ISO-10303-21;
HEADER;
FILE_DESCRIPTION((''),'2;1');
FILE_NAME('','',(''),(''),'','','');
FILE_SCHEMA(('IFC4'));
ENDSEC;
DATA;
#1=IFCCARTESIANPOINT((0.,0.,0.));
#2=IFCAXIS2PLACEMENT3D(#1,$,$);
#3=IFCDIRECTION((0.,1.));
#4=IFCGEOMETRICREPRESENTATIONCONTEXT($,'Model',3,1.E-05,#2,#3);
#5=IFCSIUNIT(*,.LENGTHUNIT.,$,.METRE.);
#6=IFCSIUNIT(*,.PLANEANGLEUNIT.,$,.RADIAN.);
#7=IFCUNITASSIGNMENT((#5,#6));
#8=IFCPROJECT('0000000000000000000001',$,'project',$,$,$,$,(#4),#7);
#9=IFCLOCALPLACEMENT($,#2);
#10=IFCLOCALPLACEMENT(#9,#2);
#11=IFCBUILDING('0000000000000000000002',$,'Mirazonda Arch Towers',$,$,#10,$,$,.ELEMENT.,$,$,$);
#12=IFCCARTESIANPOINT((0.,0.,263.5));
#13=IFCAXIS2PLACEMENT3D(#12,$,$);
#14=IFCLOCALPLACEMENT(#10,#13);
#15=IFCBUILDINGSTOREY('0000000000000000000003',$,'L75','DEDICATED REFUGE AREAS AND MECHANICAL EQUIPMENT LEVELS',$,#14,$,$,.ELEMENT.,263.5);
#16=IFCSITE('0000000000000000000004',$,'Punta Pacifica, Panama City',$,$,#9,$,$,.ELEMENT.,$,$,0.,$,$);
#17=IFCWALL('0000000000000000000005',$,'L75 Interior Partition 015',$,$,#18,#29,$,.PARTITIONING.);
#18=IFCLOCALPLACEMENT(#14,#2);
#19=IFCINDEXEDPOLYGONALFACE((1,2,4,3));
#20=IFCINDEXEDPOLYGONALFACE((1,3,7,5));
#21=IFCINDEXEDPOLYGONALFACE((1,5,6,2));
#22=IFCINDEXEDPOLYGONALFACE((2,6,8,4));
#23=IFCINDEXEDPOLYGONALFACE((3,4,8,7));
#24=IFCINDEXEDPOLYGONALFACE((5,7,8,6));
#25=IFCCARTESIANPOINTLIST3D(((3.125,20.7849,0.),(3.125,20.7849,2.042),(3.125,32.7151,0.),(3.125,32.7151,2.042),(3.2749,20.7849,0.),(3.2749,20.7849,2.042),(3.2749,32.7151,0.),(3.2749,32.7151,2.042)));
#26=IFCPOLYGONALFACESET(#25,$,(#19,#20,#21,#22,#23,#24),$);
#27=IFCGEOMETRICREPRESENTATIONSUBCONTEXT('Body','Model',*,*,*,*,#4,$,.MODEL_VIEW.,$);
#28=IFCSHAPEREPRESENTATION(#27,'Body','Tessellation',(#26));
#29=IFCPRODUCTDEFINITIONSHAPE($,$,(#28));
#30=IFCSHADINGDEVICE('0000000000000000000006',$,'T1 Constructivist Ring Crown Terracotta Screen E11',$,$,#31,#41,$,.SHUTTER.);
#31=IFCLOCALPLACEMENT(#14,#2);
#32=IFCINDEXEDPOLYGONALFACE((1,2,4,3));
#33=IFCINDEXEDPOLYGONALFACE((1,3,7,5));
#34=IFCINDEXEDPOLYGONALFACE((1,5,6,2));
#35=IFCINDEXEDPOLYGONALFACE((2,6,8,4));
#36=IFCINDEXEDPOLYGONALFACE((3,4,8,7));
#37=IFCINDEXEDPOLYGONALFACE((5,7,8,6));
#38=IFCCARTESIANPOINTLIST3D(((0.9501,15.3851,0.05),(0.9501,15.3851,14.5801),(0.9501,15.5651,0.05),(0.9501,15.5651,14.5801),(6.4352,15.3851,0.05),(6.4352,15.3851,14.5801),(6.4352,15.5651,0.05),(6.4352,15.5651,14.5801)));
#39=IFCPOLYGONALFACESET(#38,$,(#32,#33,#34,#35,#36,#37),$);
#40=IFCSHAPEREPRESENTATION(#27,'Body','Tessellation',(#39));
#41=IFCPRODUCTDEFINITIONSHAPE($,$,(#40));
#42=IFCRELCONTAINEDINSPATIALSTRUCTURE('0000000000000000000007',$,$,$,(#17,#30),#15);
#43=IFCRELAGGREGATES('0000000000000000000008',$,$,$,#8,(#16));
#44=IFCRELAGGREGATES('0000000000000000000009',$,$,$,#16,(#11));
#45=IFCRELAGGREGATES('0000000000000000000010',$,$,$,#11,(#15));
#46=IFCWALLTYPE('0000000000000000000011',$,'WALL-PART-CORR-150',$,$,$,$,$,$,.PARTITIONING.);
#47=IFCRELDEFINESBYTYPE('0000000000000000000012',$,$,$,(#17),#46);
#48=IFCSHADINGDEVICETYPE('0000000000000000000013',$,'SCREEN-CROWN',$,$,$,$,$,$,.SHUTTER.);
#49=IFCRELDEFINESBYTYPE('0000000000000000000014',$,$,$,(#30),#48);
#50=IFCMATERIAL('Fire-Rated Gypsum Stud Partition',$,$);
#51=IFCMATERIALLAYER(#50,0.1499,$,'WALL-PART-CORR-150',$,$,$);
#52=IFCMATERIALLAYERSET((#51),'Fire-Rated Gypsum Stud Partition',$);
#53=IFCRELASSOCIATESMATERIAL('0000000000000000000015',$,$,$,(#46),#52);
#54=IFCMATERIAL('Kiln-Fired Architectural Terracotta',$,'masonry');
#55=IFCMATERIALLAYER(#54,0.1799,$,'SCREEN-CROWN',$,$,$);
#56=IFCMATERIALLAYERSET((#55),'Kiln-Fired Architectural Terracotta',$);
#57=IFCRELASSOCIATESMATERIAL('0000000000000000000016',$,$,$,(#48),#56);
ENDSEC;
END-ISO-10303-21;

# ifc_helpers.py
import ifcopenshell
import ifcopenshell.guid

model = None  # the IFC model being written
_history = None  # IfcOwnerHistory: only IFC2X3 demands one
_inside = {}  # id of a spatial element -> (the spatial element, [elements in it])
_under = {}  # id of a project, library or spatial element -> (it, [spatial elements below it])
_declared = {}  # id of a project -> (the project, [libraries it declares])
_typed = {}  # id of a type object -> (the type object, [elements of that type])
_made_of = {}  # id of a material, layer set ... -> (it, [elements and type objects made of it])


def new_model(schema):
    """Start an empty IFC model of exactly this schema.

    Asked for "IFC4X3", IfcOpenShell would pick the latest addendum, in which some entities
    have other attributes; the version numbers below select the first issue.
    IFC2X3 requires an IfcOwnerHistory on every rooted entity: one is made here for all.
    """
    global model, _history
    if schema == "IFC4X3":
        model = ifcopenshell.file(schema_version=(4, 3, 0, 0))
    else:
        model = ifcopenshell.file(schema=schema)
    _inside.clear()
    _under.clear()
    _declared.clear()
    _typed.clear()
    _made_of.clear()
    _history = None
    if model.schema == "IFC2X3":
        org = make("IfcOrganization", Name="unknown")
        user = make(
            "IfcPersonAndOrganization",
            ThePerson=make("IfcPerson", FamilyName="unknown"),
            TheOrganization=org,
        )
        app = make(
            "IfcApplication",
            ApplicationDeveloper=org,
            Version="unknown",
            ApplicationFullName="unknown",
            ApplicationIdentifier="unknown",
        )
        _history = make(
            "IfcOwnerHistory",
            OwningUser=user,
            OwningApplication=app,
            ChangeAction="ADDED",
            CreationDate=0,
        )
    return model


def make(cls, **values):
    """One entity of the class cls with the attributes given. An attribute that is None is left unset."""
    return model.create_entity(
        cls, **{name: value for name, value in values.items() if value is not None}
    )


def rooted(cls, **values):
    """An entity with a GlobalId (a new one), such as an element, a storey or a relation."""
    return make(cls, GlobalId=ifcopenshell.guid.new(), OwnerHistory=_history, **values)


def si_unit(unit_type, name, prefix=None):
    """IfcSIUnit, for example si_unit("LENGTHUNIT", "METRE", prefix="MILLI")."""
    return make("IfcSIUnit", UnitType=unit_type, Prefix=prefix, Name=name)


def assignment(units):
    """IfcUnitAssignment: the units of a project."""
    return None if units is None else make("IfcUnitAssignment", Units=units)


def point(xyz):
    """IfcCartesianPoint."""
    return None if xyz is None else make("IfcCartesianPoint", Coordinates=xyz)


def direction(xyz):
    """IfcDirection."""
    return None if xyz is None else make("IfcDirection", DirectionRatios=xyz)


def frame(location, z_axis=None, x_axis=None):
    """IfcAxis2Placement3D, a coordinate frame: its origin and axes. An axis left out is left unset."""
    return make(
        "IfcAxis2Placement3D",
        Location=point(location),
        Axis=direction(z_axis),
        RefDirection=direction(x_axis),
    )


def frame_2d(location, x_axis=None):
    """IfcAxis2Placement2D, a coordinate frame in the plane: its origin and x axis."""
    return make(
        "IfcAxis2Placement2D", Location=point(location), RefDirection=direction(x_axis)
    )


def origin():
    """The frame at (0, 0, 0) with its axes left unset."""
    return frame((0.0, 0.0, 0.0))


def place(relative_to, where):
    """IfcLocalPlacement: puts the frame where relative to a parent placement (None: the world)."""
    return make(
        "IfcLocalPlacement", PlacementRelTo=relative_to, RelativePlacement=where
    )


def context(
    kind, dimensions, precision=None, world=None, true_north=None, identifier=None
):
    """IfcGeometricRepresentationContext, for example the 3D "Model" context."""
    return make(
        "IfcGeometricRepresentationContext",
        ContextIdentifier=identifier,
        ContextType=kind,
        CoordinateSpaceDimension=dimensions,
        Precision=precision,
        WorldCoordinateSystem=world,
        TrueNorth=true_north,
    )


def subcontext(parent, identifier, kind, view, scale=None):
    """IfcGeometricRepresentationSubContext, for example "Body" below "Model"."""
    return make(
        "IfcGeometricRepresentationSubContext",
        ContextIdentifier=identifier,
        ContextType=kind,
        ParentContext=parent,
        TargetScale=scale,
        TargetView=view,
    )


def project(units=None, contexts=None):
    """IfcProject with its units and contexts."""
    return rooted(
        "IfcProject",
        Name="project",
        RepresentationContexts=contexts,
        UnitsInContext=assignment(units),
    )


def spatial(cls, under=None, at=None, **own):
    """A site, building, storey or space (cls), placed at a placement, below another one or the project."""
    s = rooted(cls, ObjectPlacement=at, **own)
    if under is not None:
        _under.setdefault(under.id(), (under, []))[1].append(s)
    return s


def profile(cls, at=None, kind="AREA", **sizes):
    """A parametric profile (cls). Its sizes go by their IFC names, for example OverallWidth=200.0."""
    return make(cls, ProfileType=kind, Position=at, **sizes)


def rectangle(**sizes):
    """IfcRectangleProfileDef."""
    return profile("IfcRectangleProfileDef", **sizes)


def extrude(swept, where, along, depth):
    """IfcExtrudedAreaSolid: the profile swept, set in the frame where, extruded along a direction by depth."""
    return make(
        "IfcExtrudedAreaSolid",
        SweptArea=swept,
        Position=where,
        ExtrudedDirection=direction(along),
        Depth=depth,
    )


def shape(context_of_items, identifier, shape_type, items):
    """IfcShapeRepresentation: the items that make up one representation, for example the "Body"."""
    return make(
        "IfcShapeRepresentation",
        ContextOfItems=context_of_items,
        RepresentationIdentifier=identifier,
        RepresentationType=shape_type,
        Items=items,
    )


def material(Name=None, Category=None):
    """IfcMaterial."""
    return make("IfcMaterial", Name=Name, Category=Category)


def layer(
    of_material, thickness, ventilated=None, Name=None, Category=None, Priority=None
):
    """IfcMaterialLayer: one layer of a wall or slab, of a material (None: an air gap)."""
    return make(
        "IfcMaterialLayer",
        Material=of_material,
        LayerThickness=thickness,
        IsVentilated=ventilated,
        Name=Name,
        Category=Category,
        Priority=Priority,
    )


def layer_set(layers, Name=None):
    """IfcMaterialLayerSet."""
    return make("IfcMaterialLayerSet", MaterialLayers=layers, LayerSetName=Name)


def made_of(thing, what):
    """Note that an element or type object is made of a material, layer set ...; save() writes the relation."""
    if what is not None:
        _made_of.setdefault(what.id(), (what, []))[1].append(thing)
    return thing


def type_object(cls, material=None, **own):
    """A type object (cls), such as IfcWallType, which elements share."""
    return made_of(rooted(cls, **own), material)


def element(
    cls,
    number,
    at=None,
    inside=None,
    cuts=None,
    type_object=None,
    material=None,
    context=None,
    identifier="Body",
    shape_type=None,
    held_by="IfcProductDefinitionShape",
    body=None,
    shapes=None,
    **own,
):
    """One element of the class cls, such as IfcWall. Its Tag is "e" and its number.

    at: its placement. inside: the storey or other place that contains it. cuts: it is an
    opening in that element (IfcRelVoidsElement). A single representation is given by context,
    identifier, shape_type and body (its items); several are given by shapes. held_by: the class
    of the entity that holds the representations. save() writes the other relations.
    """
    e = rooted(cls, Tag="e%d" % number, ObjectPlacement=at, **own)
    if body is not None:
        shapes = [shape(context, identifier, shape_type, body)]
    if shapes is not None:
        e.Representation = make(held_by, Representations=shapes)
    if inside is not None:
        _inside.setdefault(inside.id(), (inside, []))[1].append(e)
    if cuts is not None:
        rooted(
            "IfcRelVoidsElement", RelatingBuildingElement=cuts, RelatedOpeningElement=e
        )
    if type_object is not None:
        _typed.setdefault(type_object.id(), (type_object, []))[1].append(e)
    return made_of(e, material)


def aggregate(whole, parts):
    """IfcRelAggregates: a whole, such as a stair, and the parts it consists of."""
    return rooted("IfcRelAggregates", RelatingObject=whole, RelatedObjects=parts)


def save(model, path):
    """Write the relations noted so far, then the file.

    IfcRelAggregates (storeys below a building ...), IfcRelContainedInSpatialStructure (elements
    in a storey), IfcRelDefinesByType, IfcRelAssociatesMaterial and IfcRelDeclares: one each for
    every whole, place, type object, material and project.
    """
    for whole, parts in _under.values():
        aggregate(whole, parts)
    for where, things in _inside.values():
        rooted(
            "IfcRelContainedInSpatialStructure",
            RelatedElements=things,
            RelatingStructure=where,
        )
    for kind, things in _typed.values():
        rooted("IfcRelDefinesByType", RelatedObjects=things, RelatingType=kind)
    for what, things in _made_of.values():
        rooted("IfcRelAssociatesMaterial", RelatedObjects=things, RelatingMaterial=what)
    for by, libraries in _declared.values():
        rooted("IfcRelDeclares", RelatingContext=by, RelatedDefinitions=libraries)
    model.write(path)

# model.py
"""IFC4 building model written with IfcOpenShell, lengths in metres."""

from ifc_helpers import new_model, si_unit, direction, frame, frame_2d, origin, place, context, subcontext, project, spatial, rectangle, extrude, material, layer, layer_set, type_object, element, save


model = new_model("IFC4")

# Units and contexts
model_context = context("Model", 3, precision=1e-05, world=origin(), true_north=direction((0.0, 1.0)))
body_context = subcontext(model_context, "Body", "Model", "MODEL_VIEW")
ifc_project = project(units=[si_unit("LENGTHUNIT", "METRE"), si_unit("PLANEANGLEUNIT", "RADIAN")], contexts=[model_context])

# Site, building, storey
site_placement = place(None, origin())
site = spatial("IfcSite", under=ifc_project, at=site_placement, Name="Punta Pacifica, Panama City", CompositionType="ELEMENT", RefElevation=0.0)
building_placement = place(site_placement, origin())
building = spatial("IfcBuilding", under=site, at=building_placement, Name="Mirazonda Arch Towers", CompositionType="ELEMENT")
storey_placement = place(building_placement, frame((0.0, 0.0, 263.5)))
storey = spatial("IfcBuildingStorey", under=building, at=storey_placement, Name="L75", Description="DEDICATED REFUGE AREAS AND MECHANICAL EQUIPMENT LEVELS", CompositionType="ELEMENT", Elevation=263.5)

# Wall
ifc_material_1 = material(Name="Fire-Rated Gypsum Stud Partition")
ifc_layer_1 = layer(ifc_material_1, 0.1499, Name="WALL-PART-CORR-150")
ifc_layer_set_1 = layer_set([ifc_layer_1], Name="Fire-Rated Gypsum Stud Partition")
wall_type = type_object("IfcWallType", Name="WALL-PART-CORR-150", PredefinedType="PARTITIONING", material=ifc_layer_set_1)
wall_1_placement = place(storey_placement, frame((3.2, 20.7849, 0.0), z_axis=(0.0, 0.0, 1.0), x_axis=(0.0, 1.0, 0.0)))
element("IfcWall", 1, at=wall_1_placement, inside=storey, type_object=wall_type, Name="L75 Interior Partition 015", PredefinedType="PARTITIONING", context=body_context, shape_type="SweptSolid", body=[
    extrude(rectangle(XDim=11.9302, YDim=0.1499, at=frame_2d((5.9651, 0.0))), origin(), (0.0, 0.0, 1.0), 2.042),
])

# Shading device
ifc_material_2 = material(Name="Kiln-Fired Architectural Terracotta", Category="masonry")
ifc_layer_2 = layer(ifc_material_2, 0.1799, Name="SCREEN-CROWN")
ifc_layer_set_2 = layer_set([ifc_layer_2], Name="Kiln-Fired Architectural Terracotta")
shading_device_type = type_object("IfcShadingDeviceType", Name="SCREEN-CROWN", PredefinedType="SHUTTER", material=ifc_layer_set_2)
shading_device_placement = place(storey_placement, frame((0.95, 15.4751, 0.05), z_axis=(0.0, 0.0, 1.0), x_axis=(1.0, 0.0, 0.0)))
element("IfcShadingDevice", 2, at=shading_device_placement, inside=storey, type_object=shading_device_type, Name="T1 Constructivist Ring Crown Terracotta Screen E11", PredefinedType="SHUTTER", context=body_context, shape_type="SweptSolid", body=[
    extrude(rectangle(XDim=5.4851, YDim=0.1799, at=frame_2d((2.7427, 0.0))), origin(), (0.0, 0.0, 1.0), 14.53),
])

save(model, "model.ifc")
